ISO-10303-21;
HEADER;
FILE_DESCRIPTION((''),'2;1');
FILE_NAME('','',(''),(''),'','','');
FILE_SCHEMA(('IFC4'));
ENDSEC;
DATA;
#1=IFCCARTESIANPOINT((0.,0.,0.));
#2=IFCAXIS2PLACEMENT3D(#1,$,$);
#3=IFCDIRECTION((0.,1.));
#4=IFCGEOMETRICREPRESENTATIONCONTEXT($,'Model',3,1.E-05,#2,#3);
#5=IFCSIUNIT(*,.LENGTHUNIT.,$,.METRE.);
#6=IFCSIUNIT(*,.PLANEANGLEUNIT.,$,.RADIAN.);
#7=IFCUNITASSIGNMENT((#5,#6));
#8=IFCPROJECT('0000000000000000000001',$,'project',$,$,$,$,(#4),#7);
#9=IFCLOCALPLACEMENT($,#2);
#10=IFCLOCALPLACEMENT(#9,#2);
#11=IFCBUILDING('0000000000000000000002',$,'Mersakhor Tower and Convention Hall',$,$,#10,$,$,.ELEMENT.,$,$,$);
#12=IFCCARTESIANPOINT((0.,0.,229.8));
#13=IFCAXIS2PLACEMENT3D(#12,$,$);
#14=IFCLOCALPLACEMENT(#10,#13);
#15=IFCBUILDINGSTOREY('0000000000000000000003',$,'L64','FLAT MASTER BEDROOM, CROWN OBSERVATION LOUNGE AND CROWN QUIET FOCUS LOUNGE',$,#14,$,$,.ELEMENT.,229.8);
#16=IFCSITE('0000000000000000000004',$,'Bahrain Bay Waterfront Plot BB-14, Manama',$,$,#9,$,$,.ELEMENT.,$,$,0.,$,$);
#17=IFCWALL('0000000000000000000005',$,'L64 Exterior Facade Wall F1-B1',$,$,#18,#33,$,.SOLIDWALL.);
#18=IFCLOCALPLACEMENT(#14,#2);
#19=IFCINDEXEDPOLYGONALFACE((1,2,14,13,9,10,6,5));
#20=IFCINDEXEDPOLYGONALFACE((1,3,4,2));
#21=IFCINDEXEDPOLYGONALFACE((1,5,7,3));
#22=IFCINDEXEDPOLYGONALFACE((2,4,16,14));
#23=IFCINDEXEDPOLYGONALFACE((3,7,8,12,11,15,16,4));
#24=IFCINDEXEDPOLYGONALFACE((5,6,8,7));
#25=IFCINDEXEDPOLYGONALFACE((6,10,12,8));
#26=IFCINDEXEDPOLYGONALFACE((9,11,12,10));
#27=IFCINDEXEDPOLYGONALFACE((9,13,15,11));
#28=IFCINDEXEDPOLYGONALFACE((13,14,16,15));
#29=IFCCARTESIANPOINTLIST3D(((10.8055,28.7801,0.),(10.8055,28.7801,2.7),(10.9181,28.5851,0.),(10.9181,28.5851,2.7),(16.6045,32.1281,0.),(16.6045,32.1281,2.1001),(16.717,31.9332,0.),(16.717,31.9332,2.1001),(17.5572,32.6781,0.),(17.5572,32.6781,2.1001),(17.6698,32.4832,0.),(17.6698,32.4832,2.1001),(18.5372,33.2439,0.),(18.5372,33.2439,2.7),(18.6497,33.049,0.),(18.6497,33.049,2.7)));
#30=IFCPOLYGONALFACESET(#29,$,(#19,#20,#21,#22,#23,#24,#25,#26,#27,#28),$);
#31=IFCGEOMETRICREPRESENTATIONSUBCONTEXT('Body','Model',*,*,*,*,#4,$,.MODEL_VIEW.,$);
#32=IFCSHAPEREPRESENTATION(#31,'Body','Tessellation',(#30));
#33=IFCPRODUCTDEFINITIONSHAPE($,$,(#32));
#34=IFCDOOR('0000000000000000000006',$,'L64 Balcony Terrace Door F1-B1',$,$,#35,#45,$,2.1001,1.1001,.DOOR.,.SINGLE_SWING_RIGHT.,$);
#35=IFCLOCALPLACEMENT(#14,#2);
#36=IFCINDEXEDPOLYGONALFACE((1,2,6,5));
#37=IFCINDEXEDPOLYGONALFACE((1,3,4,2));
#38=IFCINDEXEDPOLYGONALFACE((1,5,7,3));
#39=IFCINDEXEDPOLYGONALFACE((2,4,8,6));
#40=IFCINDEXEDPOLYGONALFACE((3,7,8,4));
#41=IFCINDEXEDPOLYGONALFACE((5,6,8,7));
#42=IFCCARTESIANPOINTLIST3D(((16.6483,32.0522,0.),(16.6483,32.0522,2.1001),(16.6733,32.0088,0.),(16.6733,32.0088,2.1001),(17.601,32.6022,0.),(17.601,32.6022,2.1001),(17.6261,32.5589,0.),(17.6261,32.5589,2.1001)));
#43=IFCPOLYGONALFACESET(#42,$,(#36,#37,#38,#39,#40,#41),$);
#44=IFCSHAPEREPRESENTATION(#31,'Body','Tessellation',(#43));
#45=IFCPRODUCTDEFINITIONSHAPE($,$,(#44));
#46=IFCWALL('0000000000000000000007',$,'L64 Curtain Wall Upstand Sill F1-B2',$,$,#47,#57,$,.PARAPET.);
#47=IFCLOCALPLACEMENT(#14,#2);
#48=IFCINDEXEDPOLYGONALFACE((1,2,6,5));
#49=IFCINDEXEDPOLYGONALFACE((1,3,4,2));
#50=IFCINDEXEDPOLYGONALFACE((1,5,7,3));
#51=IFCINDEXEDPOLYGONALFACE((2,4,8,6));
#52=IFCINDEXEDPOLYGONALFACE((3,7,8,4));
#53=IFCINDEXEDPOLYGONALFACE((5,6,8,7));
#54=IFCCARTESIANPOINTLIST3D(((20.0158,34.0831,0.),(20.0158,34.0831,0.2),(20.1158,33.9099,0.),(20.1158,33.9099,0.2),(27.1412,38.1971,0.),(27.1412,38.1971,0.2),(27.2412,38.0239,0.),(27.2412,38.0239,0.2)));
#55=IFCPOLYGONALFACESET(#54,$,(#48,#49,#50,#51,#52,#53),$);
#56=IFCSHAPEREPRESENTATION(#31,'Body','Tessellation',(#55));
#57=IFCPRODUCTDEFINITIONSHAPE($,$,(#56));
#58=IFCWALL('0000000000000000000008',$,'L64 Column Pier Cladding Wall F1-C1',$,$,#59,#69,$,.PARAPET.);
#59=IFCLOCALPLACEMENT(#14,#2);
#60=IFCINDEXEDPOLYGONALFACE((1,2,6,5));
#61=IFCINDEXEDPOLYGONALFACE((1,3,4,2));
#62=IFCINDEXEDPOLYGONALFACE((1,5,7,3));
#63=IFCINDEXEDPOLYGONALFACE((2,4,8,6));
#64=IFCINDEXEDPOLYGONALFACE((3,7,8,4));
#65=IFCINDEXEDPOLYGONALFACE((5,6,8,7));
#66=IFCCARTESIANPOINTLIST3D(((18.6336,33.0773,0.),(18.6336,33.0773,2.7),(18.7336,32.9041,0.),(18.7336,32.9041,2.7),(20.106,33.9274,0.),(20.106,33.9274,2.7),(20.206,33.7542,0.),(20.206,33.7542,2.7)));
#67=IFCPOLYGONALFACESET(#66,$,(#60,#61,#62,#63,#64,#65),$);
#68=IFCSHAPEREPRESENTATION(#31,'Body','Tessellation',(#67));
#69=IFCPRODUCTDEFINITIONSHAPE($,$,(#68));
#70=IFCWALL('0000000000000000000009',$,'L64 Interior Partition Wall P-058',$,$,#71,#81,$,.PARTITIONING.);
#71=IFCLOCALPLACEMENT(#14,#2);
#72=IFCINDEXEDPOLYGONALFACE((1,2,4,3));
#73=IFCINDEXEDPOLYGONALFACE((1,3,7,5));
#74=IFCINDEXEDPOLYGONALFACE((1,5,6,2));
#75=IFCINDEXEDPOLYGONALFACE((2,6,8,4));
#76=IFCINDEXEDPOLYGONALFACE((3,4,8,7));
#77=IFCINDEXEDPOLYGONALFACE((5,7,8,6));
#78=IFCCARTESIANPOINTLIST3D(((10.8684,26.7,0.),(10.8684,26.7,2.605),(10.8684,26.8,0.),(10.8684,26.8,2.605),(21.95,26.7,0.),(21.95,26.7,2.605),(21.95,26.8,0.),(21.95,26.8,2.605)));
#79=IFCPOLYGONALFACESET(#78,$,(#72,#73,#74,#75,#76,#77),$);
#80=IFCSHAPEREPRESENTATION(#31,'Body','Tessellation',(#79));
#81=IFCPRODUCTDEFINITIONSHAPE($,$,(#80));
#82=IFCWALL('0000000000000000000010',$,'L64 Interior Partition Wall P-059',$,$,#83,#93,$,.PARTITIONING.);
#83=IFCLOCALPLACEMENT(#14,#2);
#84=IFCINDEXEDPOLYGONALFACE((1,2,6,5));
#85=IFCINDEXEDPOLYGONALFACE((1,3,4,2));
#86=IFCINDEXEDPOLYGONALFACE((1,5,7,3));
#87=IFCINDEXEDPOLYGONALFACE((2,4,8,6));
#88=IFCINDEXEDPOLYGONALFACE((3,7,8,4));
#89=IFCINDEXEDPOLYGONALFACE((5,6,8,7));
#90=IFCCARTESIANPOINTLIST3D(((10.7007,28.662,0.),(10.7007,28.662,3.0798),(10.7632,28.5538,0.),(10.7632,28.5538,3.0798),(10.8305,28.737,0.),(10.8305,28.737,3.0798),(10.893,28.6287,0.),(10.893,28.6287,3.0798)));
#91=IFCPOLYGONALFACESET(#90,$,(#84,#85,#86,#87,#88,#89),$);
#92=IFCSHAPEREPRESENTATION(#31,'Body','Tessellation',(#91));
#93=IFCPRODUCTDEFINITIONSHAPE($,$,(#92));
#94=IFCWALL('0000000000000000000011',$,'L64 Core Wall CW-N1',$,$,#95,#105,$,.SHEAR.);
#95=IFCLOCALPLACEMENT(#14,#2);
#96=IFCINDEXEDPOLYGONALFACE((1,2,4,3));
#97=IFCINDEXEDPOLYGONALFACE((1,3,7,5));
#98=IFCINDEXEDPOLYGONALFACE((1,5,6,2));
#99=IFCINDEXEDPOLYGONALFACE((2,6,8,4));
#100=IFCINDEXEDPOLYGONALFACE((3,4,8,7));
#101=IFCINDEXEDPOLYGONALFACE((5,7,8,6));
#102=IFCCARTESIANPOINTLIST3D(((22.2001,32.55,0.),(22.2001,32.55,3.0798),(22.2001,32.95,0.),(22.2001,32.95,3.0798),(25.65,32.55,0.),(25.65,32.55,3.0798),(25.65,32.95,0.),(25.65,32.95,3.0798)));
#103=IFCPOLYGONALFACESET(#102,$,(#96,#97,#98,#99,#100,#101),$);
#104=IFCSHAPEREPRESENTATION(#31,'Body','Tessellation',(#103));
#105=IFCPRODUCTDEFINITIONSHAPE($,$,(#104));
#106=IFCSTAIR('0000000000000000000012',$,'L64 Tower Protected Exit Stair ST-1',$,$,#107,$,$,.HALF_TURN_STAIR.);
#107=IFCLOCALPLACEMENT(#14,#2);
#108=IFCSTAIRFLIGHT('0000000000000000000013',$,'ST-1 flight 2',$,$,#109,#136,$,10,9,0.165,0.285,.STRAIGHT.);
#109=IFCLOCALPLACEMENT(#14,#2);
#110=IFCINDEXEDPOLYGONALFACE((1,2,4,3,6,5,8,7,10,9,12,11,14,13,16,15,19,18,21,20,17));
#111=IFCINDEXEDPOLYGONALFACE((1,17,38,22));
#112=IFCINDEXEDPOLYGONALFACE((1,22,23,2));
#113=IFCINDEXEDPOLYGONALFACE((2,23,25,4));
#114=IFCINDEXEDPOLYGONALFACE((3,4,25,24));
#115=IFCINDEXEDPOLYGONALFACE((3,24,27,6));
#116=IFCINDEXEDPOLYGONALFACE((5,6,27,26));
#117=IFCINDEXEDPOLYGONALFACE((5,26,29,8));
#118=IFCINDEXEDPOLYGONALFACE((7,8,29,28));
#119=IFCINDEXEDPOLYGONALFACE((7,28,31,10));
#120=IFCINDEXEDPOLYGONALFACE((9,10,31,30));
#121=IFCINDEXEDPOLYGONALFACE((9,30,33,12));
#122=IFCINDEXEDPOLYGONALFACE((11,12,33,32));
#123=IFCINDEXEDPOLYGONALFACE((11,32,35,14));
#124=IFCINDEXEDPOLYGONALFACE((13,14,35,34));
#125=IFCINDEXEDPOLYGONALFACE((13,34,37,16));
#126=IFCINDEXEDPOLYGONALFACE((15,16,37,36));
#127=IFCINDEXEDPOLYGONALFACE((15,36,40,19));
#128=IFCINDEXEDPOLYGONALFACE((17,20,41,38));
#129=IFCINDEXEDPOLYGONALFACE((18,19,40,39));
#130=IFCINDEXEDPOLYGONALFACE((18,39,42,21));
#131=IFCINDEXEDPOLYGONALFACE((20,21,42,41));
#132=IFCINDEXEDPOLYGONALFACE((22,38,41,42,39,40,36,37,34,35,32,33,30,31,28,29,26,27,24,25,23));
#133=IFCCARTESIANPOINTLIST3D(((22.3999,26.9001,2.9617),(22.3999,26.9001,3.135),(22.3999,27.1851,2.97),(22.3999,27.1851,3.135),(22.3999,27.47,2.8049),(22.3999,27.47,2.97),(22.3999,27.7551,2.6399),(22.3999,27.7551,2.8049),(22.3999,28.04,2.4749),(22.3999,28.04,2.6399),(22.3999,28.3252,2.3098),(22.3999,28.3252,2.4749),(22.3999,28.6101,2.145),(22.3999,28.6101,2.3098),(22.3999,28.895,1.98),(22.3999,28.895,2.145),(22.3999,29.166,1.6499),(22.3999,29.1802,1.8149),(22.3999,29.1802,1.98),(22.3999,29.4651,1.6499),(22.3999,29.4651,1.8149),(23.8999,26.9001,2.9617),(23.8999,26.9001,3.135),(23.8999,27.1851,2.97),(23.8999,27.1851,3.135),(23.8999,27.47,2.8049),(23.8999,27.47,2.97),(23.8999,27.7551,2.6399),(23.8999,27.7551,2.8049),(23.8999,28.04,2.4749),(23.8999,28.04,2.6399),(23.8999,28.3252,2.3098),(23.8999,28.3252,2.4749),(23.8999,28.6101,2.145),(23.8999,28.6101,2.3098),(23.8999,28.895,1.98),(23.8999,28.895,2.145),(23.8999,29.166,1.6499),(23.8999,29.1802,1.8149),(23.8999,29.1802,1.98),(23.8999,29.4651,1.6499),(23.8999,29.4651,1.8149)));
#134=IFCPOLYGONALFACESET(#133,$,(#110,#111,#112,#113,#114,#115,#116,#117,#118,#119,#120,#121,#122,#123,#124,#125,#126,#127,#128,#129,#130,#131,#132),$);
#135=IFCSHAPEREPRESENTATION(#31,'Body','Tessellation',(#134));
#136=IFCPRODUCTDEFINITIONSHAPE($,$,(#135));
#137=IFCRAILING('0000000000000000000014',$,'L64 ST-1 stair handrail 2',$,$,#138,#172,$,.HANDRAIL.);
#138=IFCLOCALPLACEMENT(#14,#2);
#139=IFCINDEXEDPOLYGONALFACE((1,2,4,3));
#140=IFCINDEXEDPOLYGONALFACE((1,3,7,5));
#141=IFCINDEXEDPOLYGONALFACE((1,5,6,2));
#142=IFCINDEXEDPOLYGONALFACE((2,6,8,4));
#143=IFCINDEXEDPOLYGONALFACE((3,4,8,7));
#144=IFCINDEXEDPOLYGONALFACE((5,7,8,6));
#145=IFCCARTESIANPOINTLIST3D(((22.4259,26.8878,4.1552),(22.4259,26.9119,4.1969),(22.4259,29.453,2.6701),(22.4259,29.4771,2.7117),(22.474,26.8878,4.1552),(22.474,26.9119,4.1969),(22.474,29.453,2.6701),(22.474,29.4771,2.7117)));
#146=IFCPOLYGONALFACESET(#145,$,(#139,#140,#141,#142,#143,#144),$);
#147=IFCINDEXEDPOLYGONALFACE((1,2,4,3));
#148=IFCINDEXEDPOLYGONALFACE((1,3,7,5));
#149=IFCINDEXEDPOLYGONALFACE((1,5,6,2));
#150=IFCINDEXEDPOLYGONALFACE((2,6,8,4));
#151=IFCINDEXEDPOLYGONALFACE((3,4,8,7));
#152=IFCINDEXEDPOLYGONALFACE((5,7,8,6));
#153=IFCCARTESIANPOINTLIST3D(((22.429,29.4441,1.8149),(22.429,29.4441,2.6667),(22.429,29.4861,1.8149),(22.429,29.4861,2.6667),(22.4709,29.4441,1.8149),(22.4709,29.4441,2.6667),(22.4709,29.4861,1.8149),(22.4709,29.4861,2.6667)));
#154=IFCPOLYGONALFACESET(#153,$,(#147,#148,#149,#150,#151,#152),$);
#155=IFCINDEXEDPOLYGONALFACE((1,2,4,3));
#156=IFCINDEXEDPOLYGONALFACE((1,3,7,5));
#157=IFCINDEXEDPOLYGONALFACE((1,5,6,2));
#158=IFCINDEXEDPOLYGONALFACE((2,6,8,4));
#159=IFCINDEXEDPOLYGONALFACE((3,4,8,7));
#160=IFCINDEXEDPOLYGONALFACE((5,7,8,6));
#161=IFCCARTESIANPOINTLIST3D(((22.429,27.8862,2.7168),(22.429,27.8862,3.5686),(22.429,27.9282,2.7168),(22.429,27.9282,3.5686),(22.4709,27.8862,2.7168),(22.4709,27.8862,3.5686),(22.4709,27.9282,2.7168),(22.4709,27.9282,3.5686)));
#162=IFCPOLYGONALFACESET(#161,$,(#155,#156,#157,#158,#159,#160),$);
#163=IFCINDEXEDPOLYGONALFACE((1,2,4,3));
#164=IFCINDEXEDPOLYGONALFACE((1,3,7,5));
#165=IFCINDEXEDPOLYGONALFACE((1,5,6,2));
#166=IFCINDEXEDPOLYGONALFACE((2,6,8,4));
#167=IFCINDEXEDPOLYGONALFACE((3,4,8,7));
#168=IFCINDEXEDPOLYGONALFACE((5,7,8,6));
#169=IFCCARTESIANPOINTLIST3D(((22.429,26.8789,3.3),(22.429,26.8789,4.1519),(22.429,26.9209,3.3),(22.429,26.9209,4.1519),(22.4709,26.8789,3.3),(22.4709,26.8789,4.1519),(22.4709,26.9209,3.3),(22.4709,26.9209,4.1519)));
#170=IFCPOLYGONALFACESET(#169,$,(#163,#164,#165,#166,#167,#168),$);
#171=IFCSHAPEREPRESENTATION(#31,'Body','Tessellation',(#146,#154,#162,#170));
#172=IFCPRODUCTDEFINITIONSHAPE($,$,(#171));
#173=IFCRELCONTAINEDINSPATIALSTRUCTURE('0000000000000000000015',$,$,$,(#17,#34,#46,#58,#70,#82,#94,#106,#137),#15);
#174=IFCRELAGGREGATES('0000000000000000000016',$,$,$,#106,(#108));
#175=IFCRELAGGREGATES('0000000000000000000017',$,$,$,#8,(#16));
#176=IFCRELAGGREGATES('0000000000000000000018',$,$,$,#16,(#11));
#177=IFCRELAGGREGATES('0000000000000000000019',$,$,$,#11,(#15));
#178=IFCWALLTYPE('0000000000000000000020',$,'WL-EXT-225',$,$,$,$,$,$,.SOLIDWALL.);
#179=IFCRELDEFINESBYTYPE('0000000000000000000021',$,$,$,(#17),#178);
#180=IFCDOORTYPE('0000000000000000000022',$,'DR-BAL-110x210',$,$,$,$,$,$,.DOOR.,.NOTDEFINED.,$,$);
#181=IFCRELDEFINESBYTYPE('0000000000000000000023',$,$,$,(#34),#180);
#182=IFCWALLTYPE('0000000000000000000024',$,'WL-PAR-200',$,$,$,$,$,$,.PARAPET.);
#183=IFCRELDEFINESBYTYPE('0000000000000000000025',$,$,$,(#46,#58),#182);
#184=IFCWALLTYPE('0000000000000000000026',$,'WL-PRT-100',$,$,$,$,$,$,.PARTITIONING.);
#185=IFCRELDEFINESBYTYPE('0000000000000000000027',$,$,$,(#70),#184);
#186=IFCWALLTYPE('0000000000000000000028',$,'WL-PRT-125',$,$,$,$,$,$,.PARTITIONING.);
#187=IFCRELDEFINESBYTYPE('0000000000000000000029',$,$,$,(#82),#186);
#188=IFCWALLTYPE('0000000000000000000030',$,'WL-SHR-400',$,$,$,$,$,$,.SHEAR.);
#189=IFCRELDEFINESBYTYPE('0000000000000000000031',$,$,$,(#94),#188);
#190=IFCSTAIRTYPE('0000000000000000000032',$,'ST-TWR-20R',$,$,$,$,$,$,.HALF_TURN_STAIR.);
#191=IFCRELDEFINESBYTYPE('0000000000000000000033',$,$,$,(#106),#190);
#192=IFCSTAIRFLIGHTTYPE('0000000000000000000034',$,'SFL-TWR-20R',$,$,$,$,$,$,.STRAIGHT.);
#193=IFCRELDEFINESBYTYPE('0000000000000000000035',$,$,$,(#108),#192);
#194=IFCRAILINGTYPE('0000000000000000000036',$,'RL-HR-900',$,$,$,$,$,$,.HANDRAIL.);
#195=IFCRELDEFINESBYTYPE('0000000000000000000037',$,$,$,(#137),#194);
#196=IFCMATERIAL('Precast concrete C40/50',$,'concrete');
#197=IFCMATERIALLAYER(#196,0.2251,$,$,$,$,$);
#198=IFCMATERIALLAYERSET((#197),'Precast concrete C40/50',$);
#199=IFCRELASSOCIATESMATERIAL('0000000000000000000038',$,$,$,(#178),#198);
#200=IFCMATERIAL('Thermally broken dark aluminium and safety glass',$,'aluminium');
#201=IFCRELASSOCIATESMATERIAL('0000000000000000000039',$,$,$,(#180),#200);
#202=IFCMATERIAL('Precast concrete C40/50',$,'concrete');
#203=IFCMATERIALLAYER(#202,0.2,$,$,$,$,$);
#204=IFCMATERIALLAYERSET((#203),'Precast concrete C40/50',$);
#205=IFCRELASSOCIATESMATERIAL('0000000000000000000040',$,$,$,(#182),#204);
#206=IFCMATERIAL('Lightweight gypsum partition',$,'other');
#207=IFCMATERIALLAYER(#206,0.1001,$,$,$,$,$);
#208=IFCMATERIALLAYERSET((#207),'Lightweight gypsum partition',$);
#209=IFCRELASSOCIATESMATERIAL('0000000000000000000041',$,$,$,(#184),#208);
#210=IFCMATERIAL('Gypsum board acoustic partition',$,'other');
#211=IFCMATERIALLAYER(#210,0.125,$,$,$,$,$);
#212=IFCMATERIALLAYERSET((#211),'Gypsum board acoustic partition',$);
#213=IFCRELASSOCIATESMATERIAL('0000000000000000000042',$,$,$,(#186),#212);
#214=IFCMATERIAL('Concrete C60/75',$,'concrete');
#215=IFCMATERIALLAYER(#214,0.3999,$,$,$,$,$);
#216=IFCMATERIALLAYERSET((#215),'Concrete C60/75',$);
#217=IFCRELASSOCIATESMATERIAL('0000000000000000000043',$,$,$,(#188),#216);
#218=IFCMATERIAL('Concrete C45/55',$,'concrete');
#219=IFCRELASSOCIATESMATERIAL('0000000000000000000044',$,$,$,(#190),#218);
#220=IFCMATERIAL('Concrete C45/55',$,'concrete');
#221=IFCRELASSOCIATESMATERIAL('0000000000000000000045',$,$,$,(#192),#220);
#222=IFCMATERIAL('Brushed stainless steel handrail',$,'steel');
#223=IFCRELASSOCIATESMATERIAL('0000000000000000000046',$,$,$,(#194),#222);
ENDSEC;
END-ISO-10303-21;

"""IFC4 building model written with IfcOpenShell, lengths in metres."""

from ifc_helpers import new_model, si_unit, direction, frame, frame_2d, origin, origin_2d, place, context, subcontext, project, spatial, polyline, rectangle, outline, extrude, material, layer, layer_set, type_object, element, fill, aggregate, save


model = new_model("IFC4")

# Units and contexts
model_context = context("Model", 3, precision=1e-05, world=origin(), true_north=direction((0.0, 1.0)))
body_context = subcontext(model_context, "Body", "Model", "MODEL_VIEW")
ifc_project = project(units=[si_unit("LENGTHUNIT", "METRE"), si_unit("PLANEANGLEUNIT", "RADIAN")], contexts=[model_context])

# Site, building, storey
site_placement = place(None, origin())
site = spatial("IfcSite", under=ifc_project, at=site_placement, Name="Bahrain Bay Waterfront Plot BB-14, Manama", CompositionType="ELEMENT", RefElevation=0.0)
building_placement = place(site_placement, origin())
building = spatial("IfcBuilding", under=site, at=building_placement, Name="Mersakhor Tower and Convention Hall", CompositionType="ELEMENT")
storey_placement = place(building_placement, frame((0.0, 0.0, 229.8)))
storey = spatial("IfcBuildingStorey", under=building, at=storey_placement, Name="L64", Description="FLAT MASTER BEDROOM, CROWN OBSERVATION LOUNGE AND CROWN QUIET FOCUS LOUNGE", CompositionType="ELEMENT", Elevation=229.8)

# Wall, opening, door
ifc_material_1 = material(Name="Precast concrete C40/50", Category="concrete")
ifc_layer_1 = layer(ifc_material_1, 0.2251)
ifc_layer_set_1 = layer_set([ifc_layer_1], Name="Precast concrete C40/50")
wall_type_1 = type_object("IfcWallType", Name="WL-EXT-225", PredefinedType="SOLIDWALL", material=ifc_layer_set_1)
wall_1_placement = place(storey_placement, frame((10.8618, 28.6826, 0.0), z_axis=(0.0, 0.0, 1.0), x_axis=(0.866027, 0.499998, 0.0)))
wall_1 = element("IfcWall", 1, at=wall_1_placement, inside=storey, type_object=wall_type_1, Name="L64 Exterior Facade Wall F1-B1", PredefinedType="SOLIDWALL", context=body_context, shape_type="SweptSolid", body=[
    extrude(rectangle(XDim=8.9277, YDim=0.2251, at=frame_2d((4.4639, 0.0))), origin(), (0.0, 0.0, 1.0), 2.7),
])
opening_placement = place(wall_1_placement, frame((6.696, 0.0, 0.0)))
opening = element("IfcOpeningElement", 2, at=opening_placement, cuts=wall_1, PredefinedType="OPENING", context=body_context, shape_type="SweptSolid", body=[
    extrude(rectangle(XDim=1.1001, YDim=2.1001, at=frame_2d((0.55, 1.05))), frame((0.0, 0.1226, 0.0), z_axis=(0.0, -1.0, 0.0), x_axis=(1.0, 0.0, 0.0)), (0.0, 0.0, 1.0), 0.2451),
])
ifc_material_2 = material(Name="Thermally broken dark aluminium and safety glass", Category="aluminium")
door_type = type_object("IfcDoorType", Name="DR-BAL-110x210", OperationType="NOTDEFINED", PredefinedType="DOOR", material=ifc_material_2)
door_placement = place(opening_placement, origin())
door = element("IfcDoor", 3, at=door_placement, inside=storey, type_object=door_type, Name="L64 Balcony Terrace Door F1-B1", OperationType="SINGLE_SWING_RIGHT", OverallHeight=2.1001, OverallWidth=1.1001, PredefinedType="DOOR", context=body_context, shape_type="SweptSolid", body=[
    extrude(rectangle(XDim=1.1001, YDim=2.1001, at=frame_2d((0.55, 1.05))), frame((0.0, 0.0249, 0.0), z_axis=(0.0, -1.0, 0.0), x_axis=(1.0, 0.0, 0.0)), (0.0, 0.0, 1.0), 0.05),
])
fill(opening, door)

# Walls
ifc_material_3 = material(Name="Precast concrete C40/50", Category="concrete")
ifc_layer_2 = layer(ifc_material_3, 0.2)
ifc_layer_set_2 = layer_set([ifc_layer_2], Name="Precast concrete C40/50")
wall_type_2 = type_object("IfcWallType", Name="WL-PAR-200", PredefinedType="PARAPET", material=ifc_layer_set_2)
wall_2_placement = place(storey_placement, frame((20.0659, 33.9966, 0.0), z_axis=(0.0, 0.0, 1.0), x_axis=(0.86602, 0.50001, 0.0)))
element("IfcWall", 4, at=wall_2_placement, inside=storey, type_object=wall_type_2, Name="L64 Curtain Wall Upstand Sill F1-B2", PredefinedType="PARAPET", context=body_context, shape_type="SweptSolid", body=[
    extrude(rectangle(XDim=8.2278, YDim=0.2, at=frame_2d((4.1138, 0.0))), origin(), (0.0, 0.0, 1.0), 0.2),
])
wall_3_placement = place(storey_placement, frame((18.6836, 32.9907, 0.0), z_axis=(0.0, 0.0, 1.0), x_axis=(0.866025, 0.5, 0.0)))
element("IfcWall", 5, at=wall_3_placement, inside=storey, type_object=wall_type_2, Name="L64 Column Pier Cladding Wall F1-C1", PredefinedType="PARAPET", context=body_context, shape_type="SweptSolid", body=[
    extrude(rectangle(XDim=1.7002, YDim=0.2, at=frame_2d((0.8501, 0.0))), origin(), (0.0, 0.0, 1.0), 2.7),
])
ifc_material_4 = material(Name="Lightweight gypsum partition", Category="other")
ifc_layer_3 = layer(ifc_material_4, 0.1001)
ifc_layer_set_3 = layer_set([ifc_layer_3], Name="Lightweight gypsum partition")
wall_type_3 = type_object("IfcWallType", Name="WL-PRT-100", PredefinedType="PARTITIONING", material=ifc_layer_set_3)
wall_4_placement = place(storey_placement, frame((21.95, 26.75, 0.0), z_axis=(0.0, 0.0, 1.0), x_axis=(-1.0, 0.0, 0.0)))
element("IfcWall", 6, at=wall_4_placement, inside=storey, type_object=wall_type_3, Name="L64 Interior Partition Wall P-058", PredefinedType="PARTITIONING", context=body_context, shape_type="SweptSolid", body=[
    extrude(rectangle(XDim=11.0815, YDim=0.1001, at=frame_2d((5.5408, 0.0))), origin(), (0.0, 0.0, 1.0), 2.605),
])
ifc_material_5 = material(Name="Gypsum board acoustic partition", Category="other")
ifc_layer_4 = layer(ifc_material_5, 0.125)
ifc_layer_set_4 = layer_set([ifc_layer_4], Name="Gypsum board acoustic partition")
wall_type_4 = type_object("IfcWallType", Name="WL-PRT-125", PredefinedType="PARTITIONING", material=ifc_layer_set_4)
wall_5_placement = place(storey_placement, frame((10.7319, 28.6079, 0.0), z_axis=(0.0, 0.0, 1.0), x_axis=(0.866131, 0.499816, 0.0)))
element("IfcWall", 7, at=wall_5_placement, inside=storey, type_object=wall_type_4, Name="L64 Interior Partition Wall P-059", PredefinedType="PARTITIONING", context=body_context, shape_type="SweptSolid", body=[
    extrude(rectangle(XDim=0.1499, YDim=0.125, at=frame_2d((0.075, 0.0))), origin(), (0.0, 0.0, 1.0), 3.0798),
])
ifc_material_6 = material(Name="Concrete C60/75", Category="concrete")
ifc_layer_5 = layer(ifc_material_6, 0.3999)
ifc_layer_set_5 = layer_set([ifc_layer_5], Name="Concrete C60/75")
wall_type_5 = type_object("IfcWallType", Name="WL-SHR-400", PredefinedType="SHEAR", material=ifc_layer_set_5)
wall_6_placement = place(storey_placement, frame((22.2, 32.75, 0.0), z_axis=(0.0, 0.0, 1.0), x_axis=(1.0, 0.0, 0.0)))
element("IfcWall", 8, at=wall_6_placement, inside=storey, type_object=wall_type_5, Name="L64 Core Wall CW-N1", PredefinedType="SHEAR", context=body_context, shape_type="SweptSolid", body=[
    extrude(rectangle(XDim=3.45, YDim=0.3999, at=frame_2d((1.7251, 0.0))), origin(), (0.0, 0.0, 1.0), 3.0798),
])

# Stair, stair flight
ifc_material_7 = material(Name="Concrete C45/55", Category="concrete")
stair_type = type_object("IfcStairType", Name="ST-TWR-20R", PredefinedType="HALF_TURN_STAIR", material=ifc_material_7)
stair_placement = place(storey_placement, origin())
stair = element("IfcStair", 9, at=stair_placement, inside=storey, type_object=stair_type, Name="L64 Tower Protected Exit Stair ST-1", PredefinedType="HALF_TURN_STAIR")
ifc_material_8 = material(Name="Concrete C45/55", Category="concrete")
stair_flight_type = type_object("IfcStairFlightType", Name="SFL-TWR-20R", PredefinedType="STRAIGHT", material=ifc_material_8)
stair_flight_placement = place(storey_placement, frame((23.1499, 29.4651, 1.6499), z_axis=(0.0, 0.0, 1.0), x_axis=(0.0, -1.0, 0.0)))
stair_flight = element("IfcStairFlight", 10, at=stair_flight_placement, type_object=stair_flight_type, Name="ST-1 flight 2", NumberOfRisers=10, NumberOfTreads=9, PredefinedType="STRAIGHT", RiserHeight=0.165, TreadLength=0.285, context=body_context, shape_type="SweptSolid", body=[
    extrude(outline(polyline([(0.0, 0.0), (0.0, 0.165), (0.2849, 0.165), (0.2849, 0.3301), (0.5701, 0.3301), (0.5701, 0.4951), (0.855, 0.4951), (0.855, 0.6599), (1.1399, 0.6599), (1.1399, 0.825), (1.425, 0.825), (1.425, 0.99), (1.71, 0.99), (1.71, 1.155), (1.9951, 1.155), (1.9951, 1.3201), (2.28, 1.3201), (2.28, 1.4851), (2.5649, 1.4851), (2.5649, 1.6499), (2.5649, 1.3118), (0.2991, 0.0), (0.0, 0.0)])), frame((0.0, 0.75, 0.0), z_axis=(0.0, -1.0, 0.0), x_axis=(1.0, 0.0, 0.0)), (0.0, 0.0, 1.0), 1.5),
])
aggregate(stair, [stair_flight])

# Railing
ifc_material_9 = material(Name="Brushed stainless steel handrail", Category="steel")
railing_type_1 = type_object("IfcRailingType", Name="RL-HR-900", PredefinedType="HANDRAIL", material=ifc_material_9)
railing_1_placement = place(storey_placement, frame((22.45, 29.4651, 1.8149)))
element("IfcRailing", 11, at=railing_1_placement, inside=storey, type_object=railing_type_1, Name="L64 ST-1 stair handrail 2", PredefinedType="HANDRAIL", context=body_context, shape_type="SweptSolid", body=[
    extrude(rectangle(XDim=0.0481, YDim=0.0481, at=origin_2d()), frame((0.0, 0.0, 0.876), z_axis=(0.0, -0.865426, 0.501036), x_axis=(1.0, 0.0, 0.0)), (0.0, 0.0, 1.0), 2.9641),
    extrude(rectangle(XDim=0.042, YDim=0.042, at=origin_2d()), origin(), (0.0, 0.0, 1.0), 0.8518),
    extrude(rectangle(XDim=0.042, YDim=0.042, at=origin_2d()), frame((0.0, -1.5579, 0.9019)), (0.0, 0.0, 1.0), 0.8518),
    extrude(rectangle(XDim=0.042, YDim=0.042, at=origin_2d()), frame((0.0, -2.5652, 1.4851)), (0.0, 0.0, 1.0), 0.8518),
])

save(model, "model.ifc")
